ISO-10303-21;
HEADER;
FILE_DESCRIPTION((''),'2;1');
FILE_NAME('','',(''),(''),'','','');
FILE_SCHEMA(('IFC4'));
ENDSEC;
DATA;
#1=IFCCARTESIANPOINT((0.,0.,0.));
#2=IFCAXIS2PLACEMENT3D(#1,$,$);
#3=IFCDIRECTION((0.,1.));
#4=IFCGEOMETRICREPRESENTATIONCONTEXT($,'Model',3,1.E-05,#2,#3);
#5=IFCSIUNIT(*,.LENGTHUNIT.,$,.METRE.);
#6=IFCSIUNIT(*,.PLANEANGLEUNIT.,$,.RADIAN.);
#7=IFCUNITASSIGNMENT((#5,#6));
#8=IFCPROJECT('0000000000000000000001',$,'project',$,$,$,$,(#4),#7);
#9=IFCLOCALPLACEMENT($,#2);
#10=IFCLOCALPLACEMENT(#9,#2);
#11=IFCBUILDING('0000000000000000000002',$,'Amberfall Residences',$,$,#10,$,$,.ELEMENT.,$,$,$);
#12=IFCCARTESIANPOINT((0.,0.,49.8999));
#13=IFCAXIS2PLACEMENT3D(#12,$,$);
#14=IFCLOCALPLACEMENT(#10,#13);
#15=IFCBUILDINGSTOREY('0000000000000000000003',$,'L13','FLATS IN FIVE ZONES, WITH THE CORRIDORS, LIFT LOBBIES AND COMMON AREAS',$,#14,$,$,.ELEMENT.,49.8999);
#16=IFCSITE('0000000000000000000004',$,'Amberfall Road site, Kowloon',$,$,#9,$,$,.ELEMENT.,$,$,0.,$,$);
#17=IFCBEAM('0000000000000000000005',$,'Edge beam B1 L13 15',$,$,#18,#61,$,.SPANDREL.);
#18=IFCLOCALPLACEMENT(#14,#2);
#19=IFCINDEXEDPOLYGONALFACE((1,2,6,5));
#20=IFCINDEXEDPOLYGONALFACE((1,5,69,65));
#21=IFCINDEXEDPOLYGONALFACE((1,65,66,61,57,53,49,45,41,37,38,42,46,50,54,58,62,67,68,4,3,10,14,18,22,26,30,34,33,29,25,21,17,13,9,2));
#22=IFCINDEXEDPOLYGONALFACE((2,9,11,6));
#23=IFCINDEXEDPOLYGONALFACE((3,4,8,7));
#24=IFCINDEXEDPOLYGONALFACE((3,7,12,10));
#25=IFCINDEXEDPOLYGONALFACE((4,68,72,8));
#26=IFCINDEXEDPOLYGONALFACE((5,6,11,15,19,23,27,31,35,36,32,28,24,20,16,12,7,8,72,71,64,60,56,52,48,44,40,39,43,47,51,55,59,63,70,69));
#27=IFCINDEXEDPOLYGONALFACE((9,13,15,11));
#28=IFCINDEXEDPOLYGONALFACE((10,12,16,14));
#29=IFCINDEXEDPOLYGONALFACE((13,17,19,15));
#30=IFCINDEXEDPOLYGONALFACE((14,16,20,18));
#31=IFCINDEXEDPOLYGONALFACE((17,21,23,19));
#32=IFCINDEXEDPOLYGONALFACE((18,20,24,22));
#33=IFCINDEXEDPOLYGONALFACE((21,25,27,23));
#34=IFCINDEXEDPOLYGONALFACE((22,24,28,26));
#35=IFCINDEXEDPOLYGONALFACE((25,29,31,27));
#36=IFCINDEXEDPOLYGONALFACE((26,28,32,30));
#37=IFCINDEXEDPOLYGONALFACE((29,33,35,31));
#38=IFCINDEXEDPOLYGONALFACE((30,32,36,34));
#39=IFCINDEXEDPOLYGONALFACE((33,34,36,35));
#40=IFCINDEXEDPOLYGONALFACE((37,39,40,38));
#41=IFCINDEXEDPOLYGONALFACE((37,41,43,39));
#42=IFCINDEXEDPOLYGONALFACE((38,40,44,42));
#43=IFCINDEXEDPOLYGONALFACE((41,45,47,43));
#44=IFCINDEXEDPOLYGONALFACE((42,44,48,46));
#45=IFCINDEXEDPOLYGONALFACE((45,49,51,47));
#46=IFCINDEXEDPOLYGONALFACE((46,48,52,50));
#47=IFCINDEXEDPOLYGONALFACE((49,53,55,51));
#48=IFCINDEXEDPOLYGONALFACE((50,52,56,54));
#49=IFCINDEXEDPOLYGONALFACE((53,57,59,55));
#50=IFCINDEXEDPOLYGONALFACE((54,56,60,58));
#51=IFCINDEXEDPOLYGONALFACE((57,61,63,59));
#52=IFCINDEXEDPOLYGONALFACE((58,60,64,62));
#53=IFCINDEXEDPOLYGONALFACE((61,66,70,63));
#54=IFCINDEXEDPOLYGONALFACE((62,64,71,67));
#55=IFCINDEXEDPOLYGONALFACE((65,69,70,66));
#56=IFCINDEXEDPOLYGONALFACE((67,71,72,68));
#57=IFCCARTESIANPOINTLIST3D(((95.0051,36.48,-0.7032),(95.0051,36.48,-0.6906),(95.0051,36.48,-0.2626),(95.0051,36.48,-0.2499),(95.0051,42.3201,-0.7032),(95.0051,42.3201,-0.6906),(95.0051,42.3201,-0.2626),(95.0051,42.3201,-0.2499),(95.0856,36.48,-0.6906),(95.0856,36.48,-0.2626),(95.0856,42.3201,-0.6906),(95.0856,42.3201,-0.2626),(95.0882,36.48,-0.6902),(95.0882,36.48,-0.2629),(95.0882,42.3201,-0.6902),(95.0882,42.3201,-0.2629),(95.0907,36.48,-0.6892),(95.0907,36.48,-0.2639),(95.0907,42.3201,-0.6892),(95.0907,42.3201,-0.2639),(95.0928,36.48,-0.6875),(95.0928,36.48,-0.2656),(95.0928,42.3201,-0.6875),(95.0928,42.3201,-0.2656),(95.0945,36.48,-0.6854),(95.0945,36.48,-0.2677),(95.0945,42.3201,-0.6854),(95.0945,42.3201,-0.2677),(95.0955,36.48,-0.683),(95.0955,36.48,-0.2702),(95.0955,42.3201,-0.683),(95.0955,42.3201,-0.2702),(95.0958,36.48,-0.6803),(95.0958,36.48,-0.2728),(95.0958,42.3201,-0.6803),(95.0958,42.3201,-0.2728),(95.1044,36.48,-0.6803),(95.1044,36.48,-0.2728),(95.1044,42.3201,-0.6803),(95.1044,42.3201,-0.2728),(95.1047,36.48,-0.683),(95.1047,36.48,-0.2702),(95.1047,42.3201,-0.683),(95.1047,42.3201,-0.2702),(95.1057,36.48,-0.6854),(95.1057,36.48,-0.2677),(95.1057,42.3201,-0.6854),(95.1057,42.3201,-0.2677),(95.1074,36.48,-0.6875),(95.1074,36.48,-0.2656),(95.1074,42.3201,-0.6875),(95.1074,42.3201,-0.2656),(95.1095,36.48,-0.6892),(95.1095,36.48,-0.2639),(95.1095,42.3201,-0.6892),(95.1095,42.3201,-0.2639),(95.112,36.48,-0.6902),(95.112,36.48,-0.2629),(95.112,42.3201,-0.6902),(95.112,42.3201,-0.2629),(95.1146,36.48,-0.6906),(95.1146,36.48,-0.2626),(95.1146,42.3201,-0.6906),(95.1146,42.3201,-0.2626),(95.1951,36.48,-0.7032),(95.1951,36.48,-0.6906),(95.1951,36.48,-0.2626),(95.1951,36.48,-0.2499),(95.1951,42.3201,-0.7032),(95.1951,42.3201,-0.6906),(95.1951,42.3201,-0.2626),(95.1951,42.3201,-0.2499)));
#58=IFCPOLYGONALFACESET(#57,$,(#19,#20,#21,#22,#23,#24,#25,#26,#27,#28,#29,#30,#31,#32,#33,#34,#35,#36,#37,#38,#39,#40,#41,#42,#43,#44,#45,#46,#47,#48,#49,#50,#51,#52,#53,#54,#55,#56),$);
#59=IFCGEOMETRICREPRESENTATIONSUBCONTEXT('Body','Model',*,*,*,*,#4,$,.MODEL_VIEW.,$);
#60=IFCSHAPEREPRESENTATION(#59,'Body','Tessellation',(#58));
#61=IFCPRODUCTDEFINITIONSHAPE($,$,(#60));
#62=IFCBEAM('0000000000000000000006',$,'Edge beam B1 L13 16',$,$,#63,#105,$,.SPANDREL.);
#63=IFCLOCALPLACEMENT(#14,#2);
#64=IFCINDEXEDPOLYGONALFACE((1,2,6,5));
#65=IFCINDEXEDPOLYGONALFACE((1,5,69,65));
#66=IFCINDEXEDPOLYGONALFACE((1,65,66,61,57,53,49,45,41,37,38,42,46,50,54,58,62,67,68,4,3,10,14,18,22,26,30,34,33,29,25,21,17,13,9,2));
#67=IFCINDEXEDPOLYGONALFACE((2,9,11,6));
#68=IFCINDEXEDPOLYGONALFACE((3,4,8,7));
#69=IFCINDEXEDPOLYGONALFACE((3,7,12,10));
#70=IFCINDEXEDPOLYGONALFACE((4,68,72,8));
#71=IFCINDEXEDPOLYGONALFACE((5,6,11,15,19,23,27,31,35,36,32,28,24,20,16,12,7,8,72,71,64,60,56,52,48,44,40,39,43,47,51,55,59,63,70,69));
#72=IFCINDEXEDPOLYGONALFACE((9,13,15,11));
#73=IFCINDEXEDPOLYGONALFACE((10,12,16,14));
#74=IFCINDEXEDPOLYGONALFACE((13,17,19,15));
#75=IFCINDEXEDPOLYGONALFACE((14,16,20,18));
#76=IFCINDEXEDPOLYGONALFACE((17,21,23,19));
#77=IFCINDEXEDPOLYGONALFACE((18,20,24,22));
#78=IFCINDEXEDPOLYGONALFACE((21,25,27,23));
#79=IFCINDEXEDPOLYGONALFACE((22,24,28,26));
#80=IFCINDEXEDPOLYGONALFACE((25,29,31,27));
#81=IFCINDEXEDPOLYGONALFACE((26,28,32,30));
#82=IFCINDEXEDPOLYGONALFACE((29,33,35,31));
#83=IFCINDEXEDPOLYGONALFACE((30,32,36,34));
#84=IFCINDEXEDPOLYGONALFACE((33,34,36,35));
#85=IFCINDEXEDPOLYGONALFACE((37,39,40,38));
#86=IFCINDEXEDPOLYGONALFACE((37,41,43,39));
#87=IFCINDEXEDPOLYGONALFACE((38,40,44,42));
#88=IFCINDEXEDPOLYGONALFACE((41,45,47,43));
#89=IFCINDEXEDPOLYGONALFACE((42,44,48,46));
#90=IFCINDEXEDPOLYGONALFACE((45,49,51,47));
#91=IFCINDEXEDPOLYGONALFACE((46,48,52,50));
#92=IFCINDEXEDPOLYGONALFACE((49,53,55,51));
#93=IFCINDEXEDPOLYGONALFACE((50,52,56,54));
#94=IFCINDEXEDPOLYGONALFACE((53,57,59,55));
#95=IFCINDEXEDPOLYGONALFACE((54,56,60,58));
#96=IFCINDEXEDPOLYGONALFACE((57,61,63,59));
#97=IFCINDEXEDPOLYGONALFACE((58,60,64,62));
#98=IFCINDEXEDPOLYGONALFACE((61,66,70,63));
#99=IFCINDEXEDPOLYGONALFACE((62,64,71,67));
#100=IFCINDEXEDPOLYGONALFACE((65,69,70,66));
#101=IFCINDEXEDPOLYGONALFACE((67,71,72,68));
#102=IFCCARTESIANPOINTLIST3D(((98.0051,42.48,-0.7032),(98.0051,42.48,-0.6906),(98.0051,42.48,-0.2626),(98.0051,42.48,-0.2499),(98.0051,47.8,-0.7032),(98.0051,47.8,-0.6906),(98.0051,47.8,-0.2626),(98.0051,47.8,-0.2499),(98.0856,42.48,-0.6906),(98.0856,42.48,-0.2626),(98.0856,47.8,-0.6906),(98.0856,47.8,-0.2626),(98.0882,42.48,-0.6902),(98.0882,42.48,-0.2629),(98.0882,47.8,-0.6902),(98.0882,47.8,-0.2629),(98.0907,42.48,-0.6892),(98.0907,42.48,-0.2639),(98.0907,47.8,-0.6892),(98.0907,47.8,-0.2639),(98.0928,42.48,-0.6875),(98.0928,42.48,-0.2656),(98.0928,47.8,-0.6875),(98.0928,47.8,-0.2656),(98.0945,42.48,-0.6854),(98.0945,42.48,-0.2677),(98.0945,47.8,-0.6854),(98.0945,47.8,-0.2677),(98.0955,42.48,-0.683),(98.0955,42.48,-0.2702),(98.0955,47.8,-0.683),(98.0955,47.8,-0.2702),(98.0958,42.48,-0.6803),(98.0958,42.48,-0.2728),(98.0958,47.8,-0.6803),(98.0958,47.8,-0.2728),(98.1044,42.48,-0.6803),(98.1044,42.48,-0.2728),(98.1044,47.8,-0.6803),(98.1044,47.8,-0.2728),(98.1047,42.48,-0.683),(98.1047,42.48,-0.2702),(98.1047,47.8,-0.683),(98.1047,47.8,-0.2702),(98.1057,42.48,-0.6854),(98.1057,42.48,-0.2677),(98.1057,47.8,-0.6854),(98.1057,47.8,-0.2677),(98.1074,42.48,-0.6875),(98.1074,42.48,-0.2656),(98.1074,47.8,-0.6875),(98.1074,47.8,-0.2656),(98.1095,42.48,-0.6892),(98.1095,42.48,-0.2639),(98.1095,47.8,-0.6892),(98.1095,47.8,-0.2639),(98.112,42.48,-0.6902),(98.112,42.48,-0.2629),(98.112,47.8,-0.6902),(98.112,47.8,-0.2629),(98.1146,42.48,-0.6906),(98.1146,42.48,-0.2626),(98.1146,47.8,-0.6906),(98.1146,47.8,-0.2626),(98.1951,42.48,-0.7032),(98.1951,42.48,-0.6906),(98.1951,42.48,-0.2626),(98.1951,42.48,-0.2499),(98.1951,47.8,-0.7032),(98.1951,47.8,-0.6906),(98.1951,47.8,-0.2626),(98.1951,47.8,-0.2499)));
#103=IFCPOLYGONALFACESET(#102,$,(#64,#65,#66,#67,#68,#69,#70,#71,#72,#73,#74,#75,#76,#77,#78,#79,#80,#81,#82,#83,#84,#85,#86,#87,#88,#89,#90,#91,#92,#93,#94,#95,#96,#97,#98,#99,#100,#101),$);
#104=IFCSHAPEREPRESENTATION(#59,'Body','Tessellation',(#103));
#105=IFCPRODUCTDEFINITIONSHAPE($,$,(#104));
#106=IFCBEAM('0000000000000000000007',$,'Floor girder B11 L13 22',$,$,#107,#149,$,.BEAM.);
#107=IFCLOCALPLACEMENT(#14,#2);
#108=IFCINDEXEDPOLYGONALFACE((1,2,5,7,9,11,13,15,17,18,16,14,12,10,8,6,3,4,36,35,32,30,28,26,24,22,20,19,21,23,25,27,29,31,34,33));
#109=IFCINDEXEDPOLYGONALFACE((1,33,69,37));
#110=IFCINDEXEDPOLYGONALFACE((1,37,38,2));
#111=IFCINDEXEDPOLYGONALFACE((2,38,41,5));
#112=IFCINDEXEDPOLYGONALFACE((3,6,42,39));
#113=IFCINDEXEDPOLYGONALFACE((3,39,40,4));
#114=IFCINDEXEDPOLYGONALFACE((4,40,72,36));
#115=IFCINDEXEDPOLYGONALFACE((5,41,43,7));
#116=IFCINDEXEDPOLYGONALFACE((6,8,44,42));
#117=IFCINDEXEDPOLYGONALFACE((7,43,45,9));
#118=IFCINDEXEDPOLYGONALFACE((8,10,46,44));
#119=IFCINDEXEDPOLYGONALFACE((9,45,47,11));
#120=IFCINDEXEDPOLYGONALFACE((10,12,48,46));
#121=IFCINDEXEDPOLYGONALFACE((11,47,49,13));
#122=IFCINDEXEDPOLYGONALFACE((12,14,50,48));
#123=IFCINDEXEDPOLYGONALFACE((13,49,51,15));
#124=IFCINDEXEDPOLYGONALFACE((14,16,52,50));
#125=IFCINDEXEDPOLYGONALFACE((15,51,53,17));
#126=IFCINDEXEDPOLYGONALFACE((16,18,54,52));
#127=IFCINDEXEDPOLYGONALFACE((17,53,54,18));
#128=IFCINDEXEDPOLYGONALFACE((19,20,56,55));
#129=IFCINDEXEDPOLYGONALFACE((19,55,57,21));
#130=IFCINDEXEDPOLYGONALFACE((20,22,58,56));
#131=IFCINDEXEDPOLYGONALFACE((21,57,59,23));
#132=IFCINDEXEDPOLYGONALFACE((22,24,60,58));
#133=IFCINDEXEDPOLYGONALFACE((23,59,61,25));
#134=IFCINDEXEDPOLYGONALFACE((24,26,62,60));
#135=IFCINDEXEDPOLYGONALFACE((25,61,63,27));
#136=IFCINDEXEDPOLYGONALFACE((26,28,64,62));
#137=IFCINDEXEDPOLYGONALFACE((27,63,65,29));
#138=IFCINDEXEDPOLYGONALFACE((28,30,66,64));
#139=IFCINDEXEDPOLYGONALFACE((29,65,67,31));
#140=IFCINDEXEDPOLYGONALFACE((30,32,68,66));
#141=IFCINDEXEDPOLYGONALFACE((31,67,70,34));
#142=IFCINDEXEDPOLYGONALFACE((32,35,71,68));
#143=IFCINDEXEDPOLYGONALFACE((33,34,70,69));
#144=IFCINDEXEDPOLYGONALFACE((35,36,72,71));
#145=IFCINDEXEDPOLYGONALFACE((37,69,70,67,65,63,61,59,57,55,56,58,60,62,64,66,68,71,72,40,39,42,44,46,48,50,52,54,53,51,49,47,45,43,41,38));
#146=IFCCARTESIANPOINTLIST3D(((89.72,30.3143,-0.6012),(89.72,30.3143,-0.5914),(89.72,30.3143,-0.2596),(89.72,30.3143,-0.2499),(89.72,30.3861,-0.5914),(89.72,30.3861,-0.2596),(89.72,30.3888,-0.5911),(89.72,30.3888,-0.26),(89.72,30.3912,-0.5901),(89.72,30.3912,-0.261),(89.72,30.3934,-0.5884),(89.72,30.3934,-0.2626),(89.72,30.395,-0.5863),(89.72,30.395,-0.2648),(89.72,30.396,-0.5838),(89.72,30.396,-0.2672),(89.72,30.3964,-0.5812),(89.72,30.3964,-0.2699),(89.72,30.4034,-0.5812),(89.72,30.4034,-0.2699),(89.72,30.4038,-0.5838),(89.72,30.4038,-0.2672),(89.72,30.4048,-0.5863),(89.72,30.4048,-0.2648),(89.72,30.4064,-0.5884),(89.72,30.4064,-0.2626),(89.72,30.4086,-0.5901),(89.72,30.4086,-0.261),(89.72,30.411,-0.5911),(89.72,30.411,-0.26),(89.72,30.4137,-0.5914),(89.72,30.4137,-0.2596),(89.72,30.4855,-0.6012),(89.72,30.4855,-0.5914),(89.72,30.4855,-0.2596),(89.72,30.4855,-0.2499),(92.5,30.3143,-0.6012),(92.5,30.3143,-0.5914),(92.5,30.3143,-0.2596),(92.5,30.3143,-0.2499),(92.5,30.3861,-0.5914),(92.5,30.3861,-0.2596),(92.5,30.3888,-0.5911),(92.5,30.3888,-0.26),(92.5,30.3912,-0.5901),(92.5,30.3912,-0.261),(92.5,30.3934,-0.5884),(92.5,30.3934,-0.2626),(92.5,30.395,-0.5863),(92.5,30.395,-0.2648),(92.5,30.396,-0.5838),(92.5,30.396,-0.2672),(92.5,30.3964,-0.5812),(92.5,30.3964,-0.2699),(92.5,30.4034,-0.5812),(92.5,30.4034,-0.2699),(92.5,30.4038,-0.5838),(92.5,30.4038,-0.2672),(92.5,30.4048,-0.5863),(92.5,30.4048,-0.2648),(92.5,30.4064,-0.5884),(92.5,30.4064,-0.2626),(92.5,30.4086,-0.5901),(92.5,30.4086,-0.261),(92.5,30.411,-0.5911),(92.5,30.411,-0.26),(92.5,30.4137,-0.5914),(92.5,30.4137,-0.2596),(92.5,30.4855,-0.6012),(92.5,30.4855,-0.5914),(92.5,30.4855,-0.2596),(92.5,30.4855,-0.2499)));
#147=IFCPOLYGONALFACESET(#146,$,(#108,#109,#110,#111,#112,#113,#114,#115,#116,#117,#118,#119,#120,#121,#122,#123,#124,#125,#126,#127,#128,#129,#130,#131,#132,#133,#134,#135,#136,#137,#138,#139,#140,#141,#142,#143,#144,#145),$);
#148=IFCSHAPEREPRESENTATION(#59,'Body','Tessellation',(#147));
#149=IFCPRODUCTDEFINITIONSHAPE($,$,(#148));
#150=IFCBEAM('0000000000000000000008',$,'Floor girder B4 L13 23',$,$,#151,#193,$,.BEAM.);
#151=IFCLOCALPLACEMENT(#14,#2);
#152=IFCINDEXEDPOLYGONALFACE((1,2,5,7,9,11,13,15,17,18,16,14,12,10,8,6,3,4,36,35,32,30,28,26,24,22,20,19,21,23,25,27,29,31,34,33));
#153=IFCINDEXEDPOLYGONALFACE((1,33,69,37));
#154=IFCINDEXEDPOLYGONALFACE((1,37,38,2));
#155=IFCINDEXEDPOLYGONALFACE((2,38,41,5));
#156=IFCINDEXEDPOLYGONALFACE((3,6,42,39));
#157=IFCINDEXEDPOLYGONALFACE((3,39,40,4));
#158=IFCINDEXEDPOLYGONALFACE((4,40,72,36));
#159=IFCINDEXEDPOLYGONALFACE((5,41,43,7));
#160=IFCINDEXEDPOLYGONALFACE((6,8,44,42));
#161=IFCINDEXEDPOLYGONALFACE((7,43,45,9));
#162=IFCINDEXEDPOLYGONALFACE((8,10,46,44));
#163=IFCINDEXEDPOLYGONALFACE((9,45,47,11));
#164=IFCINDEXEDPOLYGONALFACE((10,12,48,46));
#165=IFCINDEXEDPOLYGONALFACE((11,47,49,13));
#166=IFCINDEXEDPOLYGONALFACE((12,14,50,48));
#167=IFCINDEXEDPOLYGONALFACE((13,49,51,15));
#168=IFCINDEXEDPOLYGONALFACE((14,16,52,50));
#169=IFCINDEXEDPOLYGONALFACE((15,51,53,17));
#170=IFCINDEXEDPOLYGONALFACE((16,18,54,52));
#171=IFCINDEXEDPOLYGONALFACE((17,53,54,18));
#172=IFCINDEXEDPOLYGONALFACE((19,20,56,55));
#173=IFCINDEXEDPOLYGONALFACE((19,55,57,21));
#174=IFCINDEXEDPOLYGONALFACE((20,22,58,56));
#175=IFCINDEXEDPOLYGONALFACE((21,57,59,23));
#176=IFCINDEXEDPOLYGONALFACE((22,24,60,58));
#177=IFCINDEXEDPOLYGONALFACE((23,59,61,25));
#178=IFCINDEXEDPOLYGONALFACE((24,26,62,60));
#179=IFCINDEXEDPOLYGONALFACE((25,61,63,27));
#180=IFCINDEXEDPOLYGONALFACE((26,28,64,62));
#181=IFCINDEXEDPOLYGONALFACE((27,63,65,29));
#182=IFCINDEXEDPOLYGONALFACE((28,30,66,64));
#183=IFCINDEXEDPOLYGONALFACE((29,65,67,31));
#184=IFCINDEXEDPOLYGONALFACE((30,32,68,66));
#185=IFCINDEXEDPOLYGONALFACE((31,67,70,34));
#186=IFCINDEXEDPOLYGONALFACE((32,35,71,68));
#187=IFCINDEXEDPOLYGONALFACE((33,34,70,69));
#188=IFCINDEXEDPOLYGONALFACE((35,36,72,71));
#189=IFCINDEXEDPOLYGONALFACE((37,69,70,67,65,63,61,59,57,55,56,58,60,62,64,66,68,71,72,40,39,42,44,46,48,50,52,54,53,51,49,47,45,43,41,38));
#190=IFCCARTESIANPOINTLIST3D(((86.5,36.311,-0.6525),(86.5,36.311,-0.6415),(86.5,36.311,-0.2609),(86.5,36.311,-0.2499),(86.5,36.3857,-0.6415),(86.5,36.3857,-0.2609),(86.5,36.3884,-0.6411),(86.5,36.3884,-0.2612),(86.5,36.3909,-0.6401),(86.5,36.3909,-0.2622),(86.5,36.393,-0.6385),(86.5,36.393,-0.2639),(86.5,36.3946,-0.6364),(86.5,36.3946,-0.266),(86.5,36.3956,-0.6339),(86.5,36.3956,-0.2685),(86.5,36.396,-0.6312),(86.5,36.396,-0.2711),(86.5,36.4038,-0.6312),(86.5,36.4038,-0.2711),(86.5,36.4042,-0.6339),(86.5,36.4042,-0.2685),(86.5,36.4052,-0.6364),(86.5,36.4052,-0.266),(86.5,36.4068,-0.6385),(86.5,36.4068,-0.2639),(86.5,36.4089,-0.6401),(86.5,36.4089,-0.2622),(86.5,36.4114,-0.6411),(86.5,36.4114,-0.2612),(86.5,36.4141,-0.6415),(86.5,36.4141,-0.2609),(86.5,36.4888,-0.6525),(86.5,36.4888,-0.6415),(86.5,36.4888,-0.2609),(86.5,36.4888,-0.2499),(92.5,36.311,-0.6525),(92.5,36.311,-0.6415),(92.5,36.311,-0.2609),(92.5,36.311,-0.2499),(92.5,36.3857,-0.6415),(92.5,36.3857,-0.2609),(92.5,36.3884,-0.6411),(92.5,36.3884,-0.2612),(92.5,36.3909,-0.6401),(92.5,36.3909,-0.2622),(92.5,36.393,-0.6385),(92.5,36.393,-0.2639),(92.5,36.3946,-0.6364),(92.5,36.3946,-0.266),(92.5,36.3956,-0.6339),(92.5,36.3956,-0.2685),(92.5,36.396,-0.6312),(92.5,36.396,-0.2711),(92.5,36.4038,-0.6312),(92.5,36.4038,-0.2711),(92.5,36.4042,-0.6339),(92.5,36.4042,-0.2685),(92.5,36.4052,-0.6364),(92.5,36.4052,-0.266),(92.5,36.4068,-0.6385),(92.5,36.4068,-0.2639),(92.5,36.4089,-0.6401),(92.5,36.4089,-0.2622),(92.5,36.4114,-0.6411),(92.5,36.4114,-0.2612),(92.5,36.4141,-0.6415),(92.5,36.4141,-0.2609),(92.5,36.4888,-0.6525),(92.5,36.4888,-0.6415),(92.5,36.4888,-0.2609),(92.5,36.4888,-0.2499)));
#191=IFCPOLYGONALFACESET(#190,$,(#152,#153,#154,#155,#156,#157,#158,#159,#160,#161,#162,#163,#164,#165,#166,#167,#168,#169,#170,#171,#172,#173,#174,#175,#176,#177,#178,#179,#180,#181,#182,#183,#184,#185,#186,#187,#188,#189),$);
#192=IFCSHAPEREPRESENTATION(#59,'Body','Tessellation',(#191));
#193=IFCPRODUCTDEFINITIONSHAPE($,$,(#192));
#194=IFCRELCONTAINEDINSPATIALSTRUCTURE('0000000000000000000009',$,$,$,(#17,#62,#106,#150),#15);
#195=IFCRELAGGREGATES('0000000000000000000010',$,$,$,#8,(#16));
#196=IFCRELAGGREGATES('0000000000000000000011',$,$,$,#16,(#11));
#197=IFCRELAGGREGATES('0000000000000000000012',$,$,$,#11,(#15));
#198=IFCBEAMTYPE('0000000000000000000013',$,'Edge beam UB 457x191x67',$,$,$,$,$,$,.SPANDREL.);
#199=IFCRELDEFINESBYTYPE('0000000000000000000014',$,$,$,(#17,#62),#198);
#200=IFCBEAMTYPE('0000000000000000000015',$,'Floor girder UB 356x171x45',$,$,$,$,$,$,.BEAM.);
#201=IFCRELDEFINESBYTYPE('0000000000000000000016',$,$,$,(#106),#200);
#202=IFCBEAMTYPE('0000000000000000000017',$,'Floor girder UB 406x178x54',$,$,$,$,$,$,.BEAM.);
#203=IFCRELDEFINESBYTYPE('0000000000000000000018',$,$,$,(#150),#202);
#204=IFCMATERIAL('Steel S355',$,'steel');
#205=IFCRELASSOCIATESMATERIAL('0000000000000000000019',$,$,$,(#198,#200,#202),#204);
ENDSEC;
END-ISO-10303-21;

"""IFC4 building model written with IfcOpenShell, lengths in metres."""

from ifc_helpers import new_model, si_unit, direction, frame, origin, origin_2d, place, context, subcontext, project, spatial, i_section, extrude, material, material_profile, profile_set, type_object, element, save


model = new_model("IFC4")

# Units and contexts
model_context = context("Model", 3, precision=1e-05, world=origin(), true_north=direction((0.0, 1.0)))
body_context = subcontext(model_context, "Body", "Model", "MODEL_VIEW")
ifc_project = project(units=[si_unit("LENGTHUNIT", "METRE"), si_unit("PLANEANGLEUNIT", "RADIAN")], contexts=[model_context])

# Site, building, storey
site_placement = place(None, origin())
site = spatial("IfcSite", under=ifc_project, at=site_placement, Name="Amberfall Road site, Kowloon", CompositionType="ELEMENT", RefElevation=0.0)
building_placement = place(site_placement, origin())
building = spatial("IfcBuilding", under=site, at=building_placement, Name="Amberfall Residences", CompositionType="ELEMENT")
storey_placement = place(building_placement, frame((0.0, 0.0, 49.8999)))
storey = spatial("IfcBuildingStorey", under=building, at=storey_placement, Name="L13", Description="FLATS IN FIVE ZONES, WITH THE CORRIDORS, LIFT LOBBIES AND COMMON AREAS", CompositionType="ELEMENT", Elevation=49.8999)

# Beams
ifc_material_1 = material(Name="Steel S355", Category="steel")
ifc_material_profile_1 = material_profile(ifc_material_1, i_section(OverallWidth=0.1899, OverallDepth=0.4534, WebThickness=0.0085, FlangeThickness=0.0127, FilletRadius=0.0103, at=origin_2d()), Name="UB 457x191x67")
ifc_profile_set_1 = profile_set([ifc_material_profile_1], Name="Steel S355")
beam_type_1 = type_object("IfcBeamType", Name="Edge beam UB 457x191x67", PredefinedType="SPANDREL", material=ifc_profile_set_1)
beam_1_placement = place(storey_placement, frame((95.1001, 36.48, -0.4766), z_axis=(0.0, 1.0, 0.0), x_axis=(-1.0, 0.0, 0.0)))
element("IfcBeam", 1, at=beam_1_placement, inside=storey, type_object=beam_type_1, Name="Edge beam B1 L13 15", PredefinedType="SPANDREL", context=body_context, shape_type="SweptSolid", body=[
    extrude(i_section(OverallWidth=0.1899, OverallDepth=0.4534, WebThickness=0.0085, FlangeThickness=0.0127, FilletRadius=0.0103, at=origin_2d()), origin(), (0.0, 0.0, 1.0), 5.8401),
])
beam_2_placement = place(storey_placement, frame((98.1001, 42.48, -0.4766), z_axis=(0.0, 1.0, 0.0), x_axis=(-1.0, 0.0, 0.0)))
element("IfcBeam", 2, at=beam_2_placement, inside=storey, type_object=beam_type_1, Name="Edge beam B1 L13 16", PredefinedType="SPANDREL", context=body_context, shape_type="SweptSolid", body=[
    extrude(i_section(OverallWidth=0.1899, OverallDepth=0.4534, WebThickness=0.0085, FlangeThickness=0.0127, FilletRadius=0.0103, at=origin_2d()), origin(), (0.0, 0.0, 1.0), 5.3201),
])
ifc_material_profile_2 = material_profile(ifc_material_1, i_section(OverallWidth=0.1711, OverallDepth=0.3513, WebThickness=0.0071, FlangeThickness=0.0098, FilletRadius=0.0103, at=origin_2d()), Name="UB 356x171x45")
ifc_profile_set_2 = profile_set([ifc_material_profile_2], Name="Steel S355")
beam_type_2 = type_object("IfcBeamType", Name="Floor girder UB 356x171x45", PredefinedType="BEAM", material=ifc_profile_set_2)
beam_3_placement = place(storey_placement, frame((92.5, 30.3999, -0.4255), z_axis=(-1.0, 0.0, 0.0), x_axis=(0.0, -1.0, 0.0)))
element("IfcBeam", 3, at=beam_3_placement, inside=storey, type_object=beam_type_2, Name="Floor girder B11 L13 22", PredefinedType="BEAM", context=body_context, shape_type="SweptSolid", body=[
    extrude(i_section(OverallWidth=0.1711, OverallDepth=0.3513, WebThickness=0.0071, FlangeThickness=0.0098, FilletRadius=0.0103, at=origin_2d()), origin(), (0.0, 0.0, 1.0), 2.78),
])
ifc_material_profile_3 = material_profile(ifc_material_1, i_section(OverallWidth=0.1777, OverallDepth=0.4026, WebThickness=0.0078, FlangeThickness=0.011, FilletRadius=0.0103, at=origin_2d()), Name="UB 406x178x54")
ifc_profile_set_3 = profile_set([ifc_material_profile_3], Name="Steel S355")
beam_type_3 = type_object("IfcBeamType", Name="Floor girder UB 406x178x54", PredefinedType="BEAM", material=ifc_profile_set_3)
beam_4_placement = place(storey_placement, frame((92.5, 36.3999, -0.4512), z_axis=(-1.0, 0.0, 0.0), x_axis=(0.0, -1.0, 0.0)))
element("IfcBeam", 4, at=beam_4_placement, inside=storey, type_object=beam_type_3, Name="Floor girder B4 L13 23", PredefinedType="BEAM", context=body_context, shape_type="SweptSolid", body=[
    extrude(i_section(OverallWidth=0.1777, OverallDepth=0.4026, WebThickness=0.0078, FlangeThickness=0.011, FilletRadius=0.0103, at=origin_2d()), origin(), (0.0, 0.0, 1.0), 6.0),
])

save(model, "model.ifc")
